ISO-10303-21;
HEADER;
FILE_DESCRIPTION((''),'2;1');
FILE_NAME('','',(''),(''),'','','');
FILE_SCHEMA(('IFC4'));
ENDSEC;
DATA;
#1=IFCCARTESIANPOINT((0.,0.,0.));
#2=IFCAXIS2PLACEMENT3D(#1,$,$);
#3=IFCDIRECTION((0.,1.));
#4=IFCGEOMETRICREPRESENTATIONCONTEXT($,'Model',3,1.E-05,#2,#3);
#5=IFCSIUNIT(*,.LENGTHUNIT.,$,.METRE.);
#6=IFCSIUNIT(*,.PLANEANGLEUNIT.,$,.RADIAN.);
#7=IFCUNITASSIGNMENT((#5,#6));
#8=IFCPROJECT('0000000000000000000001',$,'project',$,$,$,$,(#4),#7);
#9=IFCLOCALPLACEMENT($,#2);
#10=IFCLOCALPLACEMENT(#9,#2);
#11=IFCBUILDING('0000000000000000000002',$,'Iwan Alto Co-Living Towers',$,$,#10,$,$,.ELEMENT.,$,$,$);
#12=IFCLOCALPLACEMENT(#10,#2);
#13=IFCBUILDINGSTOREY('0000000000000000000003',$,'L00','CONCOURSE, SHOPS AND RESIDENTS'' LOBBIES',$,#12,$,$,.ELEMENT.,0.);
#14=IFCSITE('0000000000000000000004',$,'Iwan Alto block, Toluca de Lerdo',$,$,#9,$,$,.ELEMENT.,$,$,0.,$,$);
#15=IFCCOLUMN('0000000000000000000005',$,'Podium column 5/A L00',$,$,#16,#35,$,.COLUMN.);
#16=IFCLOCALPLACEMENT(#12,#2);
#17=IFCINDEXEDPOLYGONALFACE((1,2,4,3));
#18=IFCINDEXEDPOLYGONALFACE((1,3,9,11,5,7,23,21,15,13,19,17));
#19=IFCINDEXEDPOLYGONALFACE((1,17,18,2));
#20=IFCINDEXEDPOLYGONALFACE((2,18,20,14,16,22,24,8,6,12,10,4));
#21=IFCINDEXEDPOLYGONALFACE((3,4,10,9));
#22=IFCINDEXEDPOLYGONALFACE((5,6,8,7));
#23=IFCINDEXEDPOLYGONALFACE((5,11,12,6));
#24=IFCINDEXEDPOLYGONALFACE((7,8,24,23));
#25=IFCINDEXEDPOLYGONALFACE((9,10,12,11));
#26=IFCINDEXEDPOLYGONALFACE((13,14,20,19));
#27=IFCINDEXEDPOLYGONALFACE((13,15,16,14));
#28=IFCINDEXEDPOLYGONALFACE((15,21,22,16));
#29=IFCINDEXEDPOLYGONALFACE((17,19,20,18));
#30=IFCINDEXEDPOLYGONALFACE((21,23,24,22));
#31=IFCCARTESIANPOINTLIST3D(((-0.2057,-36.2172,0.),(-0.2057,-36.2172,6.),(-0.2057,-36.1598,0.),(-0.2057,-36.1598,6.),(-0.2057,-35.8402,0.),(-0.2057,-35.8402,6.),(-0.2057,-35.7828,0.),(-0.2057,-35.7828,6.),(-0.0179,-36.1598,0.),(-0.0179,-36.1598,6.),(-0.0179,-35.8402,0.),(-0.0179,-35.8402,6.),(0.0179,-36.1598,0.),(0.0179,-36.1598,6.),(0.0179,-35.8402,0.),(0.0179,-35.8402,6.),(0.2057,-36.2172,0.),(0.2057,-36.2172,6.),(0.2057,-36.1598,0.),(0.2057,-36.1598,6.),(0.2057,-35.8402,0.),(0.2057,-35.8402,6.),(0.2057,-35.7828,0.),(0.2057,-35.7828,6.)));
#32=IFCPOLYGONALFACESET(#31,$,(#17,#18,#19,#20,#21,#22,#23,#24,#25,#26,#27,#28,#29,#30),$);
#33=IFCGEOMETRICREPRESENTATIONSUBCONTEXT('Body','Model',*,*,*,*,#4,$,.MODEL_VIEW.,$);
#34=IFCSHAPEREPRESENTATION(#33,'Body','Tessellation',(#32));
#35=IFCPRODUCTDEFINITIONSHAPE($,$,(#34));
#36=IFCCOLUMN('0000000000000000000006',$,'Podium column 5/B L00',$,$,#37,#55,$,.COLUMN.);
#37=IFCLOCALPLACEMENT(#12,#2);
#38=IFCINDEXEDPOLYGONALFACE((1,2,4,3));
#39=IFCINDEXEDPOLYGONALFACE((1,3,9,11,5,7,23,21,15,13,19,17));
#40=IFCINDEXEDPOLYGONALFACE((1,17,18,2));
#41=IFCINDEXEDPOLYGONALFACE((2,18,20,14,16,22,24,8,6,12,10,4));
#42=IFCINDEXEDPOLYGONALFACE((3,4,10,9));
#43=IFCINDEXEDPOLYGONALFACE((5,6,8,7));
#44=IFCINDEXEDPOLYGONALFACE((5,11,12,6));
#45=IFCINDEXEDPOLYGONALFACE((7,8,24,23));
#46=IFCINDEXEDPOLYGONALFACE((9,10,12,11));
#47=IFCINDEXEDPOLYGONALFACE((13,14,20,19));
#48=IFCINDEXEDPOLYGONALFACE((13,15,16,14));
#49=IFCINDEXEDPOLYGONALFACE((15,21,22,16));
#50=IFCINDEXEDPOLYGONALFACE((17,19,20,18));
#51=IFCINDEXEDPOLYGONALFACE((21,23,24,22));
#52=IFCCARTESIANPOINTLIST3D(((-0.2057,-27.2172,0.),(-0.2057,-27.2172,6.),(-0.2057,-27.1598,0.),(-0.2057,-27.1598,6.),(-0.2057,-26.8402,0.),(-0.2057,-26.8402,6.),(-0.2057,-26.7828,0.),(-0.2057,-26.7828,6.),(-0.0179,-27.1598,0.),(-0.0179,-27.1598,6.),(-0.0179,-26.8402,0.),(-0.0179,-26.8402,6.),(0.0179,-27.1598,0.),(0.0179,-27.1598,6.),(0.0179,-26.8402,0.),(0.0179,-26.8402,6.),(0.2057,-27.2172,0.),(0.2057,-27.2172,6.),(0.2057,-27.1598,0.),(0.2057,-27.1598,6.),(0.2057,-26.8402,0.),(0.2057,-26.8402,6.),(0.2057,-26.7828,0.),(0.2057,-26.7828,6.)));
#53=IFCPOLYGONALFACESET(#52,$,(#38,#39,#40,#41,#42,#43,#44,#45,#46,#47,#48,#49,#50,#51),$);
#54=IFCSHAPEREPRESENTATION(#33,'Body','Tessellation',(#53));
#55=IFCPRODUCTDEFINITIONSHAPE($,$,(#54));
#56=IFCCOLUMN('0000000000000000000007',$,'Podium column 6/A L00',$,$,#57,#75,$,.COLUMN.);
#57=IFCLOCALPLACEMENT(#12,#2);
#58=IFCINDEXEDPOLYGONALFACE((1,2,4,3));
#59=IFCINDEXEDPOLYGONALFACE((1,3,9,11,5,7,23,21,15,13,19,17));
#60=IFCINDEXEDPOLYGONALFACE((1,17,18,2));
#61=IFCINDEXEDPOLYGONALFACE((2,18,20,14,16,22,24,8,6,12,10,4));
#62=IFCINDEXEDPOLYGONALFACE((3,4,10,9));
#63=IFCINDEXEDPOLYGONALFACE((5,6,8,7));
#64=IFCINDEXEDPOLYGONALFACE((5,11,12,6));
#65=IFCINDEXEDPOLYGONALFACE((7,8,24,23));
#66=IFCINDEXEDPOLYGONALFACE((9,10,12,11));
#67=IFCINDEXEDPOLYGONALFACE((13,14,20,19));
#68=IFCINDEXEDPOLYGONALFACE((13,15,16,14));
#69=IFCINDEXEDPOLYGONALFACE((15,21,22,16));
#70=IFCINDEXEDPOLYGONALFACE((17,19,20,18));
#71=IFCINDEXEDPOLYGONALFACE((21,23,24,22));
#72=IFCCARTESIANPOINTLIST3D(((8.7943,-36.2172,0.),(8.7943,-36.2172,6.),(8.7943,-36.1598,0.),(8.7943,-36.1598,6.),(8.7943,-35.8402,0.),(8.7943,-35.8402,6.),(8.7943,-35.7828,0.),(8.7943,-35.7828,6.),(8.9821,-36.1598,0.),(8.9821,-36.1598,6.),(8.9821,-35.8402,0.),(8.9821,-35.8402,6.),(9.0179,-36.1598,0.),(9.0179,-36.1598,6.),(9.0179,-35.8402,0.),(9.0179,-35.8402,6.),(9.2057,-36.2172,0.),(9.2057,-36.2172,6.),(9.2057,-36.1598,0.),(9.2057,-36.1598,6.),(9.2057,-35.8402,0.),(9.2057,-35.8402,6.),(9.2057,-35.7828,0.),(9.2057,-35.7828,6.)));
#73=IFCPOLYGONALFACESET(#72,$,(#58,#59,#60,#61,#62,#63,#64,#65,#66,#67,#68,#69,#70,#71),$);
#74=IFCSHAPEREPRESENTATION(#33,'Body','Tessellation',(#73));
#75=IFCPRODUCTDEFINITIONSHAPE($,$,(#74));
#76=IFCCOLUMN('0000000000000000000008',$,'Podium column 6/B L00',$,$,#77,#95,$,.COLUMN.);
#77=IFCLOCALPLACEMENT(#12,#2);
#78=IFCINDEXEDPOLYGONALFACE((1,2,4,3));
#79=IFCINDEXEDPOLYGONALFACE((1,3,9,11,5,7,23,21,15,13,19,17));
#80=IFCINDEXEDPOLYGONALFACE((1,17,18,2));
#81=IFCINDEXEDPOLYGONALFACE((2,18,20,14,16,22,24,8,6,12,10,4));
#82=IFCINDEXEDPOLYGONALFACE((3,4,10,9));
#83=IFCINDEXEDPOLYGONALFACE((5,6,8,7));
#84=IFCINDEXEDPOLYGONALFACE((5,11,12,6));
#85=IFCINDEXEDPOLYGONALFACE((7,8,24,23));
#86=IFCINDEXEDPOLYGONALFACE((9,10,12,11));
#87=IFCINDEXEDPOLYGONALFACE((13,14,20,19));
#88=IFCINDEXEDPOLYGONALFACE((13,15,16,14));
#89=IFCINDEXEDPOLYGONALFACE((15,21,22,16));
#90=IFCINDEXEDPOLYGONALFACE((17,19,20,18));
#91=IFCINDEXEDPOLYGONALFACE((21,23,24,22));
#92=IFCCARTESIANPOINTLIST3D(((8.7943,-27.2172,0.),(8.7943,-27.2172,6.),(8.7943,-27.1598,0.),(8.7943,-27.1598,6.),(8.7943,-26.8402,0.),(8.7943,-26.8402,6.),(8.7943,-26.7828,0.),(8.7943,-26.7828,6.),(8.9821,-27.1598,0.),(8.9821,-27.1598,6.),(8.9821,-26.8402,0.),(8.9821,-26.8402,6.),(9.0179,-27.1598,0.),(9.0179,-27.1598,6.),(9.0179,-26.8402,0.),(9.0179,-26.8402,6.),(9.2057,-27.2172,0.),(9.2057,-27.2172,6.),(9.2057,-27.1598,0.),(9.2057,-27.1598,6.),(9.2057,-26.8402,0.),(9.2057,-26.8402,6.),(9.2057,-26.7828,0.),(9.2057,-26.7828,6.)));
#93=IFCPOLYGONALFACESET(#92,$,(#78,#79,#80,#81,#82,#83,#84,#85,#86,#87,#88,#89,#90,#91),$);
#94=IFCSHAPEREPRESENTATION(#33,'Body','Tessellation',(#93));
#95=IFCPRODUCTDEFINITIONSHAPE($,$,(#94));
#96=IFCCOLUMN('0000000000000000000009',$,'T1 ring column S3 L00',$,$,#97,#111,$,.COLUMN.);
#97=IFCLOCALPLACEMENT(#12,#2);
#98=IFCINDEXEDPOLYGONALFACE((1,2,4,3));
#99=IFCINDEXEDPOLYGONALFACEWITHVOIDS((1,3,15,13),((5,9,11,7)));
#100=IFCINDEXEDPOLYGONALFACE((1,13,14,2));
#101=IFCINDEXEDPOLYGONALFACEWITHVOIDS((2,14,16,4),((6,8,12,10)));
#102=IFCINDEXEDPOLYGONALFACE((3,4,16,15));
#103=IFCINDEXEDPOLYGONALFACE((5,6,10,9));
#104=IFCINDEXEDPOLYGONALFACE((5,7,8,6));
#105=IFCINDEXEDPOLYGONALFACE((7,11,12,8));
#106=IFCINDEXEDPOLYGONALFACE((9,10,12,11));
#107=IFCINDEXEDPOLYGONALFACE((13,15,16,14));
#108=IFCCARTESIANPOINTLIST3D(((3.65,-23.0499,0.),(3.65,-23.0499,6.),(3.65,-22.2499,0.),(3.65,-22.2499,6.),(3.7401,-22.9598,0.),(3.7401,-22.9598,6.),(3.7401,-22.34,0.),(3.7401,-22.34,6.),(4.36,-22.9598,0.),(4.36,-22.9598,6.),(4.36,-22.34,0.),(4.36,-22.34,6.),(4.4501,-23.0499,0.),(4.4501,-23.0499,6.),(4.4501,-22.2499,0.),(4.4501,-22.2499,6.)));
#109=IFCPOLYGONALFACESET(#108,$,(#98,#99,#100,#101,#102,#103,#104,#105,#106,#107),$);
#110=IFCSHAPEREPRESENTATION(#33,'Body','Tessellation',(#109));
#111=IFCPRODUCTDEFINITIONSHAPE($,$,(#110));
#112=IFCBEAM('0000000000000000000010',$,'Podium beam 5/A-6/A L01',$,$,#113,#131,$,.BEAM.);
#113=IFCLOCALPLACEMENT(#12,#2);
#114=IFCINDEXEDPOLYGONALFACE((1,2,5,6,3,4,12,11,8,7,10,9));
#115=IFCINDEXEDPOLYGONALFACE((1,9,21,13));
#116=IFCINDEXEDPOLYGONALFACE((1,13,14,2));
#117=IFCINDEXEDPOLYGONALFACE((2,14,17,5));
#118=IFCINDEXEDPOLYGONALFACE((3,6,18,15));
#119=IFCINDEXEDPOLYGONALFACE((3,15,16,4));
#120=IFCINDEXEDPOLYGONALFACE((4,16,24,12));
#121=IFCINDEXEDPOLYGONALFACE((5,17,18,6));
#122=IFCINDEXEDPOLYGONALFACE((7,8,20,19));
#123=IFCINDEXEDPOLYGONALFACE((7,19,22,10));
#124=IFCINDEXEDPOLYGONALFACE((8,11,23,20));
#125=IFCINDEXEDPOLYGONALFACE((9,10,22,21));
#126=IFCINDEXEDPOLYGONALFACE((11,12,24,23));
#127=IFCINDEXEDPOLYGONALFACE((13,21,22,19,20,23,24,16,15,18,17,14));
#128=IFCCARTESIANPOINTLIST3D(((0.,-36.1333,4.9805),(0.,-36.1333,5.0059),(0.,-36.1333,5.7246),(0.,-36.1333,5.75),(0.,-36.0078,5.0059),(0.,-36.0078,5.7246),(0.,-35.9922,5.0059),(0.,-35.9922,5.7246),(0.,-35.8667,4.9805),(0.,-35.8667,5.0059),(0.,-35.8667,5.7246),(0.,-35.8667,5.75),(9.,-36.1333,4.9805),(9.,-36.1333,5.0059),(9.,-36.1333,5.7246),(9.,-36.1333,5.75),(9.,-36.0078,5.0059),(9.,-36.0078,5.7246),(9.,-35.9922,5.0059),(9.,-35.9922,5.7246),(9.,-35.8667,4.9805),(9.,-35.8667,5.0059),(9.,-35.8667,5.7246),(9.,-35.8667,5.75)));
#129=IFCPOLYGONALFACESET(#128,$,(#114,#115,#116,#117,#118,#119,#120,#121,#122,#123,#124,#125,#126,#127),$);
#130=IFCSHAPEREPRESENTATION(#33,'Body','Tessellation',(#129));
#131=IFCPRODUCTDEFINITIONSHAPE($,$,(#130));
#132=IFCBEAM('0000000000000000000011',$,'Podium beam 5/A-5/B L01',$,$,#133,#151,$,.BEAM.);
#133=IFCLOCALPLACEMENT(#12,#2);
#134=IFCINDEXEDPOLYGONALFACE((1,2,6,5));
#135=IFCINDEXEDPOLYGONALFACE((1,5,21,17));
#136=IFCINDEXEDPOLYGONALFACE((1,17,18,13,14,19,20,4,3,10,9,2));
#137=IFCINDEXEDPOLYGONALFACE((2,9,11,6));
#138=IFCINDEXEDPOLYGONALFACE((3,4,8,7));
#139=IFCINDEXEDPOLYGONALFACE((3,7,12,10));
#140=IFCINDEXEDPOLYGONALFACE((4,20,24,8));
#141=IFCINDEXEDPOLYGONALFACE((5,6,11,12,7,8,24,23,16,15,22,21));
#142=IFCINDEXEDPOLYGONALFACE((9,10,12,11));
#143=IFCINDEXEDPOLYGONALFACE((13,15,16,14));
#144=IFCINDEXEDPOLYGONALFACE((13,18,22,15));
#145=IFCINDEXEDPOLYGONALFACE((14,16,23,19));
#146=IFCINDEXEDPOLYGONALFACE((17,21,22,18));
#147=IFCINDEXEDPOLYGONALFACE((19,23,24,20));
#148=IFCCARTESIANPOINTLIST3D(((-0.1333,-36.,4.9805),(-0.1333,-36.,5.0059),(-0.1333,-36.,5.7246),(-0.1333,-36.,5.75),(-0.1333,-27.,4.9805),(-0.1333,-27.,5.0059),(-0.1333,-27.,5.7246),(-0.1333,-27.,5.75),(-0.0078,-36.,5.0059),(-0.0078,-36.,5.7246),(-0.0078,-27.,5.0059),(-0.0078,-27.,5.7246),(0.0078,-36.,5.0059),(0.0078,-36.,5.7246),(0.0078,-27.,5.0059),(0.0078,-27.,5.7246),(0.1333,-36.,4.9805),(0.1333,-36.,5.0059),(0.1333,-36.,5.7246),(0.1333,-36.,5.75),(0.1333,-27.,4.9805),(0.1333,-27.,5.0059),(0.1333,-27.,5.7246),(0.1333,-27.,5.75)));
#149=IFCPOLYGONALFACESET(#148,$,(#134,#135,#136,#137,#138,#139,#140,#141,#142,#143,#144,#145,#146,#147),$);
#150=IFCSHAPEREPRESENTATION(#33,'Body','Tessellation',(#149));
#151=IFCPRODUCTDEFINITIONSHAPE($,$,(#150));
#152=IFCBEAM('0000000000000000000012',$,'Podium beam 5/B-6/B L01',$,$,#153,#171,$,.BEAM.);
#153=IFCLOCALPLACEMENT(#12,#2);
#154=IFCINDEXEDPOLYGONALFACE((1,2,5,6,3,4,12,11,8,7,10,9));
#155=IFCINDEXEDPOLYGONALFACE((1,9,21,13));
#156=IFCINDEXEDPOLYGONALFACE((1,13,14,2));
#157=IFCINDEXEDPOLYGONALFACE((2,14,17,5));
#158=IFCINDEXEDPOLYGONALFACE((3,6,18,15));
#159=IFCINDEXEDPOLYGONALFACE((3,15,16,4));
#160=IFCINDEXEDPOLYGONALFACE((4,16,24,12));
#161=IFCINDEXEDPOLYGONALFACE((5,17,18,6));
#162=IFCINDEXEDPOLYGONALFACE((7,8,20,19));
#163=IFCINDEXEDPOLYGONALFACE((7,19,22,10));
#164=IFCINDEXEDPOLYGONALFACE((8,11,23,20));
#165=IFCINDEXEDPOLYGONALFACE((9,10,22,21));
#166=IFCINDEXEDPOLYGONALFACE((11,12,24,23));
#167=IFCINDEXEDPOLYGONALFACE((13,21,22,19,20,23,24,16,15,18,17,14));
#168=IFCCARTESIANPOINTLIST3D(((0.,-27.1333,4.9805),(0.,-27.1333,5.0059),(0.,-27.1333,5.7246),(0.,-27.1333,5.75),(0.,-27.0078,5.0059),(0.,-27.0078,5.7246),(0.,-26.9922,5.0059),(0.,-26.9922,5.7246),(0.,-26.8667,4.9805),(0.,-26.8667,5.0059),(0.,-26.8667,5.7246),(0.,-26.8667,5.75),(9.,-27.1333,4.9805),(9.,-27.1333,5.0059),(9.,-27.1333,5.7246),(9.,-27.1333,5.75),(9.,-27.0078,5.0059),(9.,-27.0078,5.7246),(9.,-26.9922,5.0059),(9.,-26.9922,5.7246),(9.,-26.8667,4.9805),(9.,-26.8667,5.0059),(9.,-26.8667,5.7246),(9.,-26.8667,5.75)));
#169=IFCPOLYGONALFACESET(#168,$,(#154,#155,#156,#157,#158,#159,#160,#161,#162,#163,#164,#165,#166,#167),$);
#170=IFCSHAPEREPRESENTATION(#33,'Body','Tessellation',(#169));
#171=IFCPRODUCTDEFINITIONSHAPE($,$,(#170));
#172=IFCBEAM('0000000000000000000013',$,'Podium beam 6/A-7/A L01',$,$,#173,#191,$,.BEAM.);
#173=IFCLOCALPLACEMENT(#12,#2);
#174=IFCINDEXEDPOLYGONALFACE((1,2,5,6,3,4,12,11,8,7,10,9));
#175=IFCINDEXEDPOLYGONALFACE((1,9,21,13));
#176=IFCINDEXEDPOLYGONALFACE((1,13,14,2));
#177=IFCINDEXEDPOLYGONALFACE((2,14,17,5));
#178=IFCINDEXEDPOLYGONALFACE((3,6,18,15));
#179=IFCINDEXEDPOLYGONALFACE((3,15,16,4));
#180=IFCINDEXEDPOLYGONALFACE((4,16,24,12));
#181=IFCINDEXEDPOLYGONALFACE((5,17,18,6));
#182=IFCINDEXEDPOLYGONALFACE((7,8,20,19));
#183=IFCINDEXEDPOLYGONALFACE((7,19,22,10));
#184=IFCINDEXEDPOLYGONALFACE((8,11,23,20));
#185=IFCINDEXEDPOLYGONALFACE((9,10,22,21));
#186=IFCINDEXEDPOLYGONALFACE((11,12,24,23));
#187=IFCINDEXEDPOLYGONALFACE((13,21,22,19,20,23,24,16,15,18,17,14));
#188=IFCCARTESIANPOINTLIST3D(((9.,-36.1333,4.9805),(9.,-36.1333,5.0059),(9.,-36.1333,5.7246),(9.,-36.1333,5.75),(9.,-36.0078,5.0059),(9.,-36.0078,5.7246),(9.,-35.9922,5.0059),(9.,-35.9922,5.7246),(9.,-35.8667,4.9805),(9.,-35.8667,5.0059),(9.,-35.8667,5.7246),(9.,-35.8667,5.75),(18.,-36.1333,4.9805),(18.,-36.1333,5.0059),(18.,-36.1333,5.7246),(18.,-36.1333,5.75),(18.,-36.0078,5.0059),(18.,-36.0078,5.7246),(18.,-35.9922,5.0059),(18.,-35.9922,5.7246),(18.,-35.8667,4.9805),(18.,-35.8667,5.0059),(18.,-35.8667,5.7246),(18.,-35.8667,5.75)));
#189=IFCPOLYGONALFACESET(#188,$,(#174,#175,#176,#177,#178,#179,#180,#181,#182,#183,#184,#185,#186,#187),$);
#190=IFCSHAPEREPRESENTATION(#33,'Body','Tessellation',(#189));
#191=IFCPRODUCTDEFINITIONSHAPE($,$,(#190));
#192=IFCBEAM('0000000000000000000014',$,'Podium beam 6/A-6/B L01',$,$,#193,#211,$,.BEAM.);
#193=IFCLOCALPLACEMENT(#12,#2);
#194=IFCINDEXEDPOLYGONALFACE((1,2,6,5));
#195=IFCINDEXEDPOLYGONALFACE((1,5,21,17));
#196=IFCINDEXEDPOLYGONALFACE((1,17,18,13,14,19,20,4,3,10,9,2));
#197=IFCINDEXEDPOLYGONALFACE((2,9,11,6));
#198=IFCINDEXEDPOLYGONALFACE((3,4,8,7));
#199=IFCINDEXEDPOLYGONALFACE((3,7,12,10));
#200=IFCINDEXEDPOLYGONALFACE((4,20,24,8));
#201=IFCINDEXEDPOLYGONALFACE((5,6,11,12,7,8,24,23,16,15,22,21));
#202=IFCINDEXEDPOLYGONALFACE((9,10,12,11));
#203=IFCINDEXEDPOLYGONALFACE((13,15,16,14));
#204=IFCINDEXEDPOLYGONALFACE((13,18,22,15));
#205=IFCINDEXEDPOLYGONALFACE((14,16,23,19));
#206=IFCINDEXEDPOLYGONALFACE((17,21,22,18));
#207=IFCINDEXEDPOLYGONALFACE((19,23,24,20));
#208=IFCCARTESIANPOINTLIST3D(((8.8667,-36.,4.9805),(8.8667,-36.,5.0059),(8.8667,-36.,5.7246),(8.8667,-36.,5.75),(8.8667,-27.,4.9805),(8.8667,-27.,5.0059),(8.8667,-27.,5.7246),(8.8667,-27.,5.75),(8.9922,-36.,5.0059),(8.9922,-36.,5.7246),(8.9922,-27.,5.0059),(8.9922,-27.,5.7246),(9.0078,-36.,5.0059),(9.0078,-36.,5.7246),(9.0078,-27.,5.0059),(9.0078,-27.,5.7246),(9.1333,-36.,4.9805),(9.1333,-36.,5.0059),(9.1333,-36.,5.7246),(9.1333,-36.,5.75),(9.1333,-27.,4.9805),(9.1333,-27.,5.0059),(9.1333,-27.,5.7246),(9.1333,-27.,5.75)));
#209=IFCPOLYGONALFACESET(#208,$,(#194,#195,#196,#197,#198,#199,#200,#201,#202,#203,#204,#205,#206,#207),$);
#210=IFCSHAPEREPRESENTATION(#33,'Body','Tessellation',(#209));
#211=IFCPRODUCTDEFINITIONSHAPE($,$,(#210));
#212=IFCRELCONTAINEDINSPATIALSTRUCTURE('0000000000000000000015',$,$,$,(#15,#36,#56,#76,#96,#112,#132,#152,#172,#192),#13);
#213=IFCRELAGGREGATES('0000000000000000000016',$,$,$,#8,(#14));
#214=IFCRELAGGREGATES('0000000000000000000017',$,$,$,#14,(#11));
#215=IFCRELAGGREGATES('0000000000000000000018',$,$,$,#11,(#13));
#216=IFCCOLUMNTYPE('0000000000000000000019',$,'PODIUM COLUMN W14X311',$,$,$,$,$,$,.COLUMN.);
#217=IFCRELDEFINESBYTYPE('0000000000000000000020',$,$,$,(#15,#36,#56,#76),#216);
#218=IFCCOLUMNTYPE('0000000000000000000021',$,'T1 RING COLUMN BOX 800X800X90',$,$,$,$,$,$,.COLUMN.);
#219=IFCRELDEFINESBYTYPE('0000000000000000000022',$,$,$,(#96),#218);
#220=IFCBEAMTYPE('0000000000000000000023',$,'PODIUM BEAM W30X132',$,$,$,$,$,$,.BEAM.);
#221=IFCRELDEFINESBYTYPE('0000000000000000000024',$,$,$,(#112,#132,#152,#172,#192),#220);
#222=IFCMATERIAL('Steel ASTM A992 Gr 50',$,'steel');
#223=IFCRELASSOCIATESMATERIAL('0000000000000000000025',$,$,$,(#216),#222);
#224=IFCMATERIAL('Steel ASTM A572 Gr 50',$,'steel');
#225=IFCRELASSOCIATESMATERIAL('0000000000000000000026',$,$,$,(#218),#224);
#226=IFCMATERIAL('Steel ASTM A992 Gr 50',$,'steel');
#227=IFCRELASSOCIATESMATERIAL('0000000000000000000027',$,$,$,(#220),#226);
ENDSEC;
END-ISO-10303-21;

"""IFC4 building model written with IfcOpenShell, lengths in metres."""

from ifc_helpers import new_model, si_unit, direction, frame, origin, origin_2d, place, context, subcontext, project, spatial, hollow_rectangle, i_section, extrude, material, material_profile, profile_set, type_object, element, save


model = new_model("IFC4")

# Units and contexts
model_context = context("Model", 3, precision=1e-05, world=origin(), true_north=direction((0.0, 1.0)))
body_context = subcontext(model_context, "Body", "Model", "MODEL_VIEW")
ifc_project = project(units=[si_unit("LENGTHUNIT", "METRE"), si_unit("PLANEANGLEUNIT", "RADIAN")], contexts=[model_context])

# Site, building, storey
site_placement = place(None, origin())
site = spatial("IfcSite", under=ifc_project, at=site_placement, Name="Iwan Alto block, Toluca de Lerdo", CompositionType="ELEMENT", RefElevation=0.0)
building_placement = place(site_placement, origin())
building = spatial("IfcBuilding", under=site, at=building_placement, Name="Iwan Alto Co-Living Towers", CompositionType="ELEMENT")
storey_placement = place(building_placement, origin())
storey = spatial("IfcBuildingStorey", under=building, at=storey_placement, Name="L00", Description="CONCOURSE, SHOPS AND RESIDENTS' LOBBIES", CompositionType="ELEMENT", Elevation=0.0)

# Columns
ifc_material_1 = material(Name="Steel ASTM A992 Gr 50", Category="steel")
ifc_material_profile_1 = material_profile(ifc_material_1, i_section(OverallWidth=0.4114, OverallDepth=0.4343, WebThickness=0.0359, FlangeThickness=0.0574, at=origin_2d()), Name="W14X311")
ifc_profile_set_1 = profile_set([ifc_material_profile_1], Name="Steel ASTM A992 Gr 50")
column_type_1 = type_object("IfcColumnType", Name="PODIUM COLUMN W14X311", PredefinedType="COLUMN", material=ifc_profile_set_1)
for number, where, z_axis, x_axis, name in (
    (1, (0.0, -36.0, 0.0), (0.0, 0.0, 1.0), (1.0, 0.0, 0.0), "Podium column 5/A L00"),
    (2, (0.0, -27.0, 0.0), (0.0, 0.0, 1.0), (1.0, 0.0, 0.0), "Podium column 5/B L00"),
    (3, (9.0, -36.0, 0.0), (0.0, 0.0, 1.0), (1.0, 0.0, 0.0), "Podium column 6/A L00"),
    (4, (9.0, -27.0, 0.0), (0.0, 0.0, 1.0), (1.0, 0.0, 0.0), "Podium column 6/B L00"),
):
    element("IfcColumn", number, at=place(storey_placement, frame(where, z_axis=z_axis, x_axis=x_axis)), inside=storey, type_object=column_type_1, Name=name, PredefinedType="COLUMN", context=body_context, shape_type="SweptSolid", body=[
        extrude(i_section(OverallWidth=0.4114, OverallDepth=0.4343, WebThickness=0.0359, FlangeThickness=0.0574, at=origin_2d()), origin(), (0.0, 0.0, 1.0), 6.0),
    ])
ifc_material_2 = material(Name="Steel ASTM A572 Gr 50", Category="steel")
ifc_material_profile_2 = material_profile(ifc_material_2, hollow_rectangle(XDim=0.8, YDim=0.8, WallThickness=0.0901, at=origin_2d()), Name="BOX 800X800X90")
ifc_profile_set_2 = profile_set([ifc_material_profile_2], Name="Steel ASTM A572 Gr 50")
column_type_2 = type_object("IfcColumnType", Name="T1 RING COLUMN BOX 800X800X90", PredefinedType="COLUMN", material=ifc_profile_set_2)
column_placement = place(storey_placement, frame((4.05, -22.6499, 0.0), z_axis=(0.0, 0.0, 1.0), x_axis=(1.0, 0.0, 0.0)))
element("IfcColumn", 5, at=column_placement, inside=storey, type_object=column_type_2, Name="T1 ring column S3 L00", PredefinedType="COLUMN", context=body_context, shape_type="SweptSolid", body=[
    extrude(hollow_rectangle(XDim=0.8, YDim=0.8, WallThickness=0.0901, at=origin_2d()), origin(), (0.0, 0.0, 1.0), 6.0),
])

# Beams
ifc_material_3 = material(Name="Steel ASTM A992 Gr 50", Category="steel")
ifc_material_profile_3 = material_profile(ifc_material_3, i_section(OverallWidth=0.2666, OverallDepth=0.7695, WebThickness=0.0156, FlangeThickness=0.0254, at=origin_2d()), Name="W30X132")
ifc_profile_set_3 = profile_set([ifc_material_profile_3], Name="Steel ASTM A992 Gr 50")
beam_type_1 = type_object("IfcBeamType", Name="PODIUM BEAM W30X132", PredefinedType="BEAM", material=ifc_profile_set_3)
for number, where, z_axis, x_axis, name in (
    (6, (0.0, -36.0, 5.3652), (1.0, 0.0, 0.0), (0.0, 1.0, 0.0), "Podium beam 5/A-6/A L01"),
    (7, (0.0, -36.0, 5.3652), (0.0, 1.0, 0.0), (-1.0, 0.0, 0.0), "Podium beam 5/A-5/B L01"),
    (8, (0.0, -27.0, 5.3652), (1.0, 0.0, 0.0), (0.0, 1.0, 0.0), "Podium beam 5/B-6/B L01"),
    (9, (9.0, -36.0, 5.3652), (1.0, 0.0, 0.0), (0.0, 1.0, 0.0), "Podium beam 6/A-7/A L01"),
    (10, (9.0, -36.0, 5.3652), (0.0, 1.0, 0.0), (-1.0, 0.0, 0.0), "Podium beam 6/A-6/B L01"),
):
    element("IfcBeam", number, at=place(storey_placement, frame(where, z_axis=z_axis, x_axis=x_axis)), inside=storey, type_object=beam_type_1, Name=name, PredefinedType="BEAM", context=body_context, shape_type="SweptSolid", body=[
        extrude(i_section(OverallWidth=0.2666, OverallDepth=0.7695, WebThickness=0.0156, FlangeThickness=0.0254, at=origin_2d()), origin(), (0.0, 0.0, 1.0), 9.0),
    ])

save(model, "model.ifc")
